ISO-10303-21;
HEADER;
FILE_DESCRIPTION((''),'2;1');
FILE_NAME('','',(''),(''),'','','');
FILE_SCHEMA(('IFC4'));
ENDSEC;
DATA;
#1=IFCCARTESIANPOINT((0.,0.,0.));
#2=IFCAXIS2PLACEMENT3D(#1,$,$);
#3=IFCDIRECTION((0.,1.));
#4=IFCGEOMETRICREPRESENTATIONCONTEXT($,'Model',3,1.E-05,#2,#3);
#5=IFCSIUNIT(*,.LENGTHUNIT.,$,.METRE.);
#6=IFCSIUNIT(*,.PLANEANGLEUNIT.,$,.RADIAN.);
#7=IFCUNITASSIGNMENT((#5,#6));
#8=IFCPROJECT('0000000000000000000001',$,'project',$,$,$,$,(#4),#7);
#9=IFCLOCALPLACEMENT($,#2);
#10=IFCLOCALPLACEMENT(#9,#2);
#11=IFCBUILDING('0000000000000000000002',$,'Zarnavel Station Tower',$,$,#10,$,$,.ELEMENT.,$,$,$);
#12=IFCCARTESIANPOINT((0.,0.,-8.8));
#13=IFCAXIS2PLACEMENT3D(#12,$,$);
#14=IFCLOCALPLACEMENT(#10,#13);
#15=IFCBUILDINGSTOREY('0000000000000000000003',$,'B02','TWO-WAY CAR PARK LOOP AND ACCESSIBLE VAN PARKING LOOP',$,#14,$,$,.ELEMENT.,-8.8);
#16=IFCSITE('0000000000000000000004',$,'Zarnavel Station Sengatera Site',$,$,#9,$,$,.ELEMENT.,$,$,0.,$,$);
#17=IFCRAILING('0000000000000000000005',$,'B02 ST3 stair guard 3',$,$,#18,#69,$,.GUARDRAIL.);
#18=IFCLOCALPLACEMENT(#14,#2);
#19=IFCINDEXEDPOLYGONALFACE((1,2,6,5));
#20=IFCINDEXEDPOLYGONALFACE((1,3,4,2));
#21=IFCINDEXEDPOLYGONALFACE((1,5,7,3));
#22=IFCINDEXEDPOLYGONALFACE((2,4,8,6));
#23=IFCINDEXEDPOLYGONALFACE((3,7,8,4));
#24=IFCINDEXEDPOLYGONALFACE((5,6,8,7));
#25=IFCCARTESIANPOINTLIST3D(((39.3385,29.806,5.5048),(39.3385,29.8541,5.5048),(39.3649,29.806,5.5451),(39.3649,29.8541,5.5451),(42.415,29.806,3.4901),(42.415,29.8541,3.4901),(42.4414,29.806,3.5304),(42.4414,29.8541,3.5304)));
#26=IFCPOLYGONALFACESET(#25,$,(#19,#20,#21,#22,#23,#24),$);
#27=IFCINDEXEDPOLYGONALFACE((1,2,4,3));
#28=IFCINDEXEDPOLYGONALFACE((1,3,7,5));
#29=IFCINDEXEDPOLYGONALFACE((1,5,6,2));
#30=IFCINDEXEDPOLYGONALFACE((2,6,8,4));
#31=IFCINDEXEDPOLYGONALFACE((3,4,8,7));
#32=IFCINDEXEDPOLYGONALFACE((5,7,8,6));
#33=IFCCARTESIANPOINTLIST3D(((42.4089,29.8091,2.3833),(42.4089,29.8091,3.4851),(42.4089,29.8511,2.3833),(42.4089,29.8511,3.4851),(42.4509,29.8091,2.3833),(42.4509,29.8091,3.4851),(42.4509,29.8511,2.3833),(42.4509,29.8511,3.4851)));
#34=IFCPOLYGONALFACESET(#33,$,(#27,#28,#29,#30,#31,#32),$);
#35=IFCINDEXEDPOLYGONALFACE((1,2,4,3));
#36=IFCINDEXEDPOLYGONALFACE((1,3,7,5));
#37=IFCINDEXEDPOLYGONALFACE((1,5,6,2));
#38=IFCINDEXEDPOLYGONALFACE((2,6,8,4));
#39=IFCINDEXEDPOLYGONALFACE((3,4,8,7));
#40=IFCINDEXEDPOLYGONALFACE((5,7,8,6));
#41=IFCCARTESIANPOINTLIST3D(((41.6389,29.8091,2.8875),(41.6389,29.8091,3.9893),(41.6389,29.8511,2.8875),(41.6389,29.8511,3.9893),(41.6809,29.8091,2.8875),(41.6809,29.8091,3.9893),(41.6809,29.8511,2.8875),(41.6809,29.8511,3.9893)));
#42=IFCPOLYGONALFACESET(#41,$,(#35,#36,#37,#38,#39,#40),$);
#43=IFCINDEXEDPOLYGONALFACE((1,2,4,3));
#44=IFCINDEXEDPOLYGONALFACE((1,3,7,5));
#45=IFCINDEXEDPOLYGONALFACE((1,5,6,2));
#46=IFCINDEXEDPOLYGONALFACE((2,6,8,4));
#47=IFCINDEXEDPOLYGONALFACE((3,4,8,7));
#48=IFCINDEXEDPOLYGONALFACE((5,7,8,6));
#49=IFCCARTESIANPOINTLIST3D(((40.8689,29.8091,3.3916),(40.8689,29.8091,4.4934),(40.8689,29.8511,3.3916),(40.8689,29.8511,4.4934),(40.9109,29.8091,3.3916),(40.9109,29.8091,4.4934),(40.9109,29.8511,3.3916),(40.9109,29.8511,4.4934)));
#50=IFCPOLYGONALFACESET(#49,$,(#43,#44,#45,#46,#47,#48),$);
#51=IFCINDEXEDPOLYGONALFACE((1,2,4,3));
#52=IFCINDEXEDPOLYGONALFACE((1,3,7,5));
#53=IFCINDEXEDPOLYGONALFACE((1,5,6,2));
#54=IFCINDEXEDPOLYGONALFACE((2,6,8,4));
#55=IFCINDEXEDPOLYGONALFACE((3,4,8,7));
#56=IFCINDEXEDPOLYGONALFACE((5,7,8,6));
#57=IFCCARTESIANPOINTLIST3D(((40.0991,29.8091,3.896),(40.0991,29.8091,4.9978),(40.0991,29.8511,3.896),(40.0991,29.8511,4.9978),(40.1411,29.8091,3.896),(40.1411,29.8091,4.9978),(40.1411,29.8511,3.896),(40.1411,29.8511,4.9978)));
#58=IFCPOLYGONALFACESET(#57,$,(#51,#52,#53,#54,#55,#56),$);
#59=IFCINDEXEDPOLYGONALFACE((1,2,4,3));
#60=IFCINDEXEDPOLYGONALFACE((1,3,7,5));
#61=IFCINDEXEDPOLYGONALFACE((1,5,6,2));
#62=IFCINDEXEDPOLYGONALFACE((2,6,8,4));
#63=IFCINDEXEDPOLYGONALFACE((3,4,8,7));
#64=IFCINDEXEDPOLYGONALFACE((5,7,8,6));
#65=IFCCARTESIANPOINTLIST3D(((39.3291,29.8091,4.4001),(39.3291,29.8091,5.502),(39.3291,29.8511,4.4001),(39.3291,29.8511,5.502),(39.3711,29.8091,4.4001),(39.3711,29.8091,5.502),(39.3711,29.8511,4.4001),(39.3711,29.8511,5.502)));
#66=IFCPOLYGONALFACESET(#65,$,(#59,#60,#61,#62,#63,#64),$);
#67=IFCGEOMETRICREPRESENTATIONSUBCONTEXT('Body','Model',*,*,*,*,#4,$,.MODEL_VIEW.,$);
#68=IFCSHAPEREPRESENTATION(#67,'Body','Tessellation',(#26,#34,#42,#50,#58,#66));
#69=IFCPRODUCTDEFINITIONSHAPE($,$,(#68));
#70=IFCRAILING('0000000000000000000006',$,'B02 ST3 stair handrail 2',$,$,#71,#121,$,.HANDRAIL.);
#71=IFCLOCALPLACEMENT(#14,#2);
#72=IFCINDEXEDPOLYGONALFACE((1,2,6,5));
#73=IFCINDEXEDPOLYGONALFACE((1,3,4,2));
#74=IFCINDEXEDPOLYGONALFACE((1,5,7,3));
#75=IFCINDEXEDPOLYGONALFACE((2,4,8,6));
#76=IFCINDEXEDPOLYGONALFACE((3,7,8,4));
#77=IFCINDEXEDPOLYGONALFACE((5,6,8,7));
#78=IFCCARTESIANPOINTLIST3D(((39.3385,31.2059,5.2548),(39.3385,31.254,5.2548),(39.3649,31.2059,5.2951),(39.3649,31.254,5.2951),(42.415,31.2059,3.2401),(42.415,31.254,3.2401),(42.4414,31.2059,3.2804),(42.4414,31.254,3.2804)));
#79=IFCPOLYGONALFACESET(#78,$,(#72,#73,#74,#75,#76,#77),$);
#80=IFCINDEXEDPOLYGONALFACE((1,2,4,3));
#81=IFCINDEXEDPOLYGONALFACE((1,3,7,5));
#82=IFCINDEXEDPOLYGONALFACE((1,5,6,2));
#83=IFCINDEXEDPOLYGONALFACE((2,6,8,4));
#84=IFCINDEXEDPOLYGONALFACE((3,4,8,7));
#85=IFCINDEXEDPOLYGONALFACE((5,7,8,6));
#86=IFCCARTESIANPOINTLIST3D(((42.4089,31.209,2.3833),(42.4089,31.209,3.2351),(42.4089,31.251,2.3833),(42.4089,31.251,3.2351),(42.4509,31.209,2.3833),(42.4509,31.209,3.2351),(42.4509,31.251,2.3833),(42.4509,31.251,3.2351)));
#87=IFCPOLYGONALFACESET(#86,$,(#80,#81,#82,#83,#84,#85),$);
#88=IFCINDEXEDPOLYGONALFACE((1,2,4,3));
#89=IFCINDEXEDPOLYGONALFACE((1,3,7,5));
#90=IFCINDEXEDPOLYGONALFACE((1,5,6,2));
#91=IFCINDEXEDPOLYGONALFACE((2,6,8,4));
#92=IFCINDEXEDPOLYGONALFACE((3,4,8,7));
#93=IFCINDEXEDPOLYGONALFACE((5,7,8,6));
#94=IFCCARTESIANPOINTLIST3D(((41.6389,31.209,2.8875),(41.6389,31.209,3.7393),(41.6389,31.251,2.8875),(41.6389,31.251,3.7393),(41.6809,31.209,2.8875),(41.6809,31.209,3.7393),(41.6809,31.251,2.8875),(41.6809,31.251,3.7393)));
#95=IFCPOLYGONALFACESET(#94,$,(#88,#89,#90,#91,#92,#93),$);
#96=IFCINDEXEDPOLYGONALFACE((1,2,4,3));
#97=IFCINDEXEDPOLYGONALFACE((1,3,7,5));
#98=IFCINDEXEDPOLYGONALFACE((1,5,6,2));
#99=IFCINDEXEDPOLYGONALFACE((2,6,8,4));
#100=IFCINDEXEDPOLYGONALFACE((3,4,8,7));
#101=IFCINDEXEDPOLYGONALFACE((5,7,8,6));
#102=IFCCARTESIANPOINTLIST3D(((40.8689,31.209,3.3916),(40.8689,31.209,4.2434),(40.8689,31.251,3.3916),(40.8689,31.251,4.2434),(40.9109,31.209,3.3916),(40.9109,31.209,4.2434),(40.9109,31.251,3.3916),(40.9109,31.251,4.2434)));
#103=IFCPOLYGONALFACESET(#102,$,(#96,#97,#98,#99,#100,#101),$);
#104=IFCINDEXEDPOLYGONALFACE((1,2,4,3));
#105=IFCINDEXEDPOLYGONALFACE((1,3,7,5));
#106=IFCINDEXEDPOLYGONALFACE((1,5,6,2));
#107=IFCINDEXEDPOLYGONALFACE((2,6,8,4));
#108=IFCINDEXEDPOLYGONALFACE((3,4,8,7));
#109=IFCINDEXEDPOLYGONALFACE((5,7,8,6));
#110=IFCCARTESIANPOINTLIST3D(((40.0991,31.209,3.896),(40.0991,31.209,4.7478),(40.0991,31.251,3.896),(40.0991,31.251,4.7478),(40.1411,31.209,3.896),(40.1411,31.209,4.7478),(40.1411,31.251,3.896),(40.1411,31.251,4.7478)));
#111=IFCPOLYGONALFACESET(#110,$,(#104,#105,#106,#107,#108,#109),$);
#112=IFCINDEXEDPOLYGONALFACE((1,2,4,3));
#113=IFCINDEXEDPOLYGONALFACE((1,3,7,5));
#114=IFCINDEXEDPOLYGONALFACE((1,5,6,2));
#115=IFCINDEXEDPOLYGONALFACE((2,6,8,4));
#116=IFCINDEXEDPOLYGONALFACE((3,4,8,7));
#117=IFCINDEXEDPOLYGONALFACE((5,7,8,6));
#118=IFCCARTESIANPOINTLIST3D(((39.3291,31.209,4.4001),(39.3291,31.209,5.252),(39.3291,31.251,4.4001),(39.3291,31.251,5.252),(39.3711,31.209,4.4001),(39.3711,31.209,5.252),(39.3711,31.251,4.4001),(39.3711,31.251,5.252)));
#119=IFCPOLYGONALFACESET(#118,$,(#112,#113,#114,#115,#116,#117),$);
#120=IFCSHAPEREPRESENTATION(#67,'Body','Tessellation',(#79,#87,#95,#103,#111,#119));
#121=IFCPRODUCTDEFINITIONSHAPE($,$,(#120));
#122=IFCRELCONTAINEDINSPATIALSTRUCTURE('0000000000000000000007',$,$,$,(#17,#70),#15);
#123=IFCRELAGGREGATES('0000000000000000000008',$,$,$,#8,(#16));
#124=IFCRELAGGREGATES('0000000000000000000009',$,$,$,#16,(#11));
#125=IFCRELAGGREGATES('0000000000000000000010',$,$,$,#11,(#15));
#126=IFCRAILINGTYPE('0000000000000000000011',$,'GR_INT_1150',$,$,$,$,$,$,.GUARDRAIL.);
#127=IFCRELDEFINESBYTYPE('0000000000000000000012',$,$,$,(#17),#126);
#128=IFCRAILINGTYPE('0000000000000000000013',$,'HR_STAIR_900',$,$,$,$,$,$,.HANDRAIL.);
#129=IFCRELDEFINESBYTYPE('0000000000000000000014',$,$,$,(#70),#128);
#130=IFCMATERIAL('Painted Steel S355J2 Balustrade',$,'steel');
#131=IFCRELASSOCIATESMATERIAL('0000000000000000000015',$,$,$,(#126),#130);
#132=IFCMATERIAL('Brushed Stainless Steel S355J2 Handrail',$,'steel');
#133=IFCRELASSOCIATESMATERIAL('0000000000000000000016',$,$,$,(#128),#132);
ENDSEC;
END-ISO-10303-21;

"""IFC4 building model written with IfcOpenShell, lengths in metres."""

from ifc_helpers import new_model, si_unit, direction, frame, origin, origin_2d, place, context, subcontext, project, spatial, rectangle, extrude, material, type_object, element, save


model = new_model("IFC4")

# Units and contexts
model_context = context("Model", 3, precision=1e-05, world=origin(), true_north=direction((0.0, 1.0)))
body_context = subcontext(model_context, "Body", "Model", "MODEL_VIEW")
ifc_project = project(units=[si_unit("LENGTHUNIT", "METRE"), si_unit("PLANEANGLEUNIT", "RADIAN")], contexts=[model_context])

# Site, building, storey
site_placement = place(None, origin())
site = spatial("IfcSite", under=ifc_project, at=site_placement, Name="Zarnavel Station Sengatera Site", CompositionType="ELEMENT", RefElevation=0.0)
building_placement = place(site_placement, origin())
building = spatial("IfcBuilding", under=site, at=building_placement, Name="Zarnavel Station Tower", CompositionType="ELEMENT")
storey_placement = place(building_placement, frame((0.0, 0.0, -8.8)))
storey = spatial("IfcBuildingStorey", under=building, at=storey_placement, Name="B02", Description="TWO-WAY CAR PARK LOOP AND ACCESSIBLE VAN PARKING LOOP", CompositionType="ELEMENT", Elevation=-8.8)

# Railings
ifc_material_1 = material(Name="Painted Steel S355J2 Balustrade", Category="steel")
railing_type_1 = type_object("IfcRailingType", Name="GR_INT_1150", PredefinedType="GUARDRAIL", material=ifc_material_1)
railing_1_placement = place(storey_placement, frame((42.4299, 29.8301, 2.3833)))
element("IfcRailing", 1, at=railing_1_placement, inside=storey, type_object=railing_type_1, Name="B02 ST3 stair guard 3", PredefinedType="GUARDRAIL", context=body_context, shape_type="SweptSolid", body=[
    extrude(rectangle(XDim=0.0481, YDim=0.0481, at=origin_2d()), frame((-0.0017, 0.0, 1.127), z_axis=(-0.836583, 0.0, 0.547841), x_axis=(0.0, -1.0, 0.0)), (0.0, 0.0, 1.0), 3.6775),
    extrude(rectangle(XDim=0.042, YDim=0.042, at=origin_2d()), origin(), (0.0, 0.0, 1.0), 1.1018),
    extrude(rectangle(XDim=0.042, YDim=0.042, at=origin_2d()), frame((-0.77, 0.0, 0.5042)), (0.0, 0.0, 1.0), 1.1018),
    extrude(rectangle(XDim=0.042, YDim=0.042, at=origin_2d()), frame((-1.54, 0.0, 1.0083)), (0.0, 0.0, 1.0), 1.1018),
    extrude(rectangle(XDim=0.042, YDim=0.042, at=origin_2d()), frame((-2.3098, 0.0, 1.5127)), (0.0, 0.0, 1.0), 1.1018),
    extrude(rectangle(XDim=0.042, YDim=0.042, at=origin_2d()), frame((-3.0798, 0.0, 2.0168)), (0.0, 0.0, 1.0), 1.1018),
])
ifc_material_2 = material(Name="Brushed Stainless Steel S355J2 Handrail", Category="steel")
railing_type_2 = type_object("IfcRailingType", Name="HR_STAIR_900", PredefinedType="HANDRAIL", material=ifc_material_2)
railing_2_placement = place(storey_placement, frame((42.4299, 31.23, 2.3833)))
element("IfcRailing", 2, at=railing_2_placement, inside=storey, type_object=railing_type_2, Name="B02 ST3 stair handrail 2", PredefinedType="HANDRAIL", context=body_context, shape_type="SweptSolid", body=[
    extrude(rectangle(XDim=0.0481, YDim=0.0481, at=origin_2d()), frame((-0.0017, 0.0, 0.877), z_axis=(-0.836583, 0.0, 0.547841), x_axis=(0.0, -1.0, 0.0)), (0.0, 0.0, 1.0), 3.6775),
    extrude(rectangle(XDim=0.042, YDim=0.042, at=origin_2d()), origin(), (0.0, 0.0, 1.0), 0.8518),
    extrude(rectangle(XDim=0.042, YDim=0.042, at=origin_2d()), frame((-0.77, 0.0, 0.5042)), (0.0, 0.0, 1.0), 0.8518),
    extrude(rectangle(XDim=0.042, YDim=0.042, at=origin_2d()), frame((-1.54, 0.0, 1.0083)), (0.0, 0.0, 1.0), 0.8518),
    extrude(rectangle(XDim=0.042, YDim=0.042, at=origin_2d()), frame((-2.3098, 0.0, 1.5127)), (0.0, 0.0, 1.0), 0.8518),
    extrude(rectangle(XDim=0.042, YDim=0.042, at=origin_2d()), frame((-3.0798, 0.0, 2.0168)), (0.0, 0.0, 1.0), 0.8518),
])

save(model, "model.ifc")
